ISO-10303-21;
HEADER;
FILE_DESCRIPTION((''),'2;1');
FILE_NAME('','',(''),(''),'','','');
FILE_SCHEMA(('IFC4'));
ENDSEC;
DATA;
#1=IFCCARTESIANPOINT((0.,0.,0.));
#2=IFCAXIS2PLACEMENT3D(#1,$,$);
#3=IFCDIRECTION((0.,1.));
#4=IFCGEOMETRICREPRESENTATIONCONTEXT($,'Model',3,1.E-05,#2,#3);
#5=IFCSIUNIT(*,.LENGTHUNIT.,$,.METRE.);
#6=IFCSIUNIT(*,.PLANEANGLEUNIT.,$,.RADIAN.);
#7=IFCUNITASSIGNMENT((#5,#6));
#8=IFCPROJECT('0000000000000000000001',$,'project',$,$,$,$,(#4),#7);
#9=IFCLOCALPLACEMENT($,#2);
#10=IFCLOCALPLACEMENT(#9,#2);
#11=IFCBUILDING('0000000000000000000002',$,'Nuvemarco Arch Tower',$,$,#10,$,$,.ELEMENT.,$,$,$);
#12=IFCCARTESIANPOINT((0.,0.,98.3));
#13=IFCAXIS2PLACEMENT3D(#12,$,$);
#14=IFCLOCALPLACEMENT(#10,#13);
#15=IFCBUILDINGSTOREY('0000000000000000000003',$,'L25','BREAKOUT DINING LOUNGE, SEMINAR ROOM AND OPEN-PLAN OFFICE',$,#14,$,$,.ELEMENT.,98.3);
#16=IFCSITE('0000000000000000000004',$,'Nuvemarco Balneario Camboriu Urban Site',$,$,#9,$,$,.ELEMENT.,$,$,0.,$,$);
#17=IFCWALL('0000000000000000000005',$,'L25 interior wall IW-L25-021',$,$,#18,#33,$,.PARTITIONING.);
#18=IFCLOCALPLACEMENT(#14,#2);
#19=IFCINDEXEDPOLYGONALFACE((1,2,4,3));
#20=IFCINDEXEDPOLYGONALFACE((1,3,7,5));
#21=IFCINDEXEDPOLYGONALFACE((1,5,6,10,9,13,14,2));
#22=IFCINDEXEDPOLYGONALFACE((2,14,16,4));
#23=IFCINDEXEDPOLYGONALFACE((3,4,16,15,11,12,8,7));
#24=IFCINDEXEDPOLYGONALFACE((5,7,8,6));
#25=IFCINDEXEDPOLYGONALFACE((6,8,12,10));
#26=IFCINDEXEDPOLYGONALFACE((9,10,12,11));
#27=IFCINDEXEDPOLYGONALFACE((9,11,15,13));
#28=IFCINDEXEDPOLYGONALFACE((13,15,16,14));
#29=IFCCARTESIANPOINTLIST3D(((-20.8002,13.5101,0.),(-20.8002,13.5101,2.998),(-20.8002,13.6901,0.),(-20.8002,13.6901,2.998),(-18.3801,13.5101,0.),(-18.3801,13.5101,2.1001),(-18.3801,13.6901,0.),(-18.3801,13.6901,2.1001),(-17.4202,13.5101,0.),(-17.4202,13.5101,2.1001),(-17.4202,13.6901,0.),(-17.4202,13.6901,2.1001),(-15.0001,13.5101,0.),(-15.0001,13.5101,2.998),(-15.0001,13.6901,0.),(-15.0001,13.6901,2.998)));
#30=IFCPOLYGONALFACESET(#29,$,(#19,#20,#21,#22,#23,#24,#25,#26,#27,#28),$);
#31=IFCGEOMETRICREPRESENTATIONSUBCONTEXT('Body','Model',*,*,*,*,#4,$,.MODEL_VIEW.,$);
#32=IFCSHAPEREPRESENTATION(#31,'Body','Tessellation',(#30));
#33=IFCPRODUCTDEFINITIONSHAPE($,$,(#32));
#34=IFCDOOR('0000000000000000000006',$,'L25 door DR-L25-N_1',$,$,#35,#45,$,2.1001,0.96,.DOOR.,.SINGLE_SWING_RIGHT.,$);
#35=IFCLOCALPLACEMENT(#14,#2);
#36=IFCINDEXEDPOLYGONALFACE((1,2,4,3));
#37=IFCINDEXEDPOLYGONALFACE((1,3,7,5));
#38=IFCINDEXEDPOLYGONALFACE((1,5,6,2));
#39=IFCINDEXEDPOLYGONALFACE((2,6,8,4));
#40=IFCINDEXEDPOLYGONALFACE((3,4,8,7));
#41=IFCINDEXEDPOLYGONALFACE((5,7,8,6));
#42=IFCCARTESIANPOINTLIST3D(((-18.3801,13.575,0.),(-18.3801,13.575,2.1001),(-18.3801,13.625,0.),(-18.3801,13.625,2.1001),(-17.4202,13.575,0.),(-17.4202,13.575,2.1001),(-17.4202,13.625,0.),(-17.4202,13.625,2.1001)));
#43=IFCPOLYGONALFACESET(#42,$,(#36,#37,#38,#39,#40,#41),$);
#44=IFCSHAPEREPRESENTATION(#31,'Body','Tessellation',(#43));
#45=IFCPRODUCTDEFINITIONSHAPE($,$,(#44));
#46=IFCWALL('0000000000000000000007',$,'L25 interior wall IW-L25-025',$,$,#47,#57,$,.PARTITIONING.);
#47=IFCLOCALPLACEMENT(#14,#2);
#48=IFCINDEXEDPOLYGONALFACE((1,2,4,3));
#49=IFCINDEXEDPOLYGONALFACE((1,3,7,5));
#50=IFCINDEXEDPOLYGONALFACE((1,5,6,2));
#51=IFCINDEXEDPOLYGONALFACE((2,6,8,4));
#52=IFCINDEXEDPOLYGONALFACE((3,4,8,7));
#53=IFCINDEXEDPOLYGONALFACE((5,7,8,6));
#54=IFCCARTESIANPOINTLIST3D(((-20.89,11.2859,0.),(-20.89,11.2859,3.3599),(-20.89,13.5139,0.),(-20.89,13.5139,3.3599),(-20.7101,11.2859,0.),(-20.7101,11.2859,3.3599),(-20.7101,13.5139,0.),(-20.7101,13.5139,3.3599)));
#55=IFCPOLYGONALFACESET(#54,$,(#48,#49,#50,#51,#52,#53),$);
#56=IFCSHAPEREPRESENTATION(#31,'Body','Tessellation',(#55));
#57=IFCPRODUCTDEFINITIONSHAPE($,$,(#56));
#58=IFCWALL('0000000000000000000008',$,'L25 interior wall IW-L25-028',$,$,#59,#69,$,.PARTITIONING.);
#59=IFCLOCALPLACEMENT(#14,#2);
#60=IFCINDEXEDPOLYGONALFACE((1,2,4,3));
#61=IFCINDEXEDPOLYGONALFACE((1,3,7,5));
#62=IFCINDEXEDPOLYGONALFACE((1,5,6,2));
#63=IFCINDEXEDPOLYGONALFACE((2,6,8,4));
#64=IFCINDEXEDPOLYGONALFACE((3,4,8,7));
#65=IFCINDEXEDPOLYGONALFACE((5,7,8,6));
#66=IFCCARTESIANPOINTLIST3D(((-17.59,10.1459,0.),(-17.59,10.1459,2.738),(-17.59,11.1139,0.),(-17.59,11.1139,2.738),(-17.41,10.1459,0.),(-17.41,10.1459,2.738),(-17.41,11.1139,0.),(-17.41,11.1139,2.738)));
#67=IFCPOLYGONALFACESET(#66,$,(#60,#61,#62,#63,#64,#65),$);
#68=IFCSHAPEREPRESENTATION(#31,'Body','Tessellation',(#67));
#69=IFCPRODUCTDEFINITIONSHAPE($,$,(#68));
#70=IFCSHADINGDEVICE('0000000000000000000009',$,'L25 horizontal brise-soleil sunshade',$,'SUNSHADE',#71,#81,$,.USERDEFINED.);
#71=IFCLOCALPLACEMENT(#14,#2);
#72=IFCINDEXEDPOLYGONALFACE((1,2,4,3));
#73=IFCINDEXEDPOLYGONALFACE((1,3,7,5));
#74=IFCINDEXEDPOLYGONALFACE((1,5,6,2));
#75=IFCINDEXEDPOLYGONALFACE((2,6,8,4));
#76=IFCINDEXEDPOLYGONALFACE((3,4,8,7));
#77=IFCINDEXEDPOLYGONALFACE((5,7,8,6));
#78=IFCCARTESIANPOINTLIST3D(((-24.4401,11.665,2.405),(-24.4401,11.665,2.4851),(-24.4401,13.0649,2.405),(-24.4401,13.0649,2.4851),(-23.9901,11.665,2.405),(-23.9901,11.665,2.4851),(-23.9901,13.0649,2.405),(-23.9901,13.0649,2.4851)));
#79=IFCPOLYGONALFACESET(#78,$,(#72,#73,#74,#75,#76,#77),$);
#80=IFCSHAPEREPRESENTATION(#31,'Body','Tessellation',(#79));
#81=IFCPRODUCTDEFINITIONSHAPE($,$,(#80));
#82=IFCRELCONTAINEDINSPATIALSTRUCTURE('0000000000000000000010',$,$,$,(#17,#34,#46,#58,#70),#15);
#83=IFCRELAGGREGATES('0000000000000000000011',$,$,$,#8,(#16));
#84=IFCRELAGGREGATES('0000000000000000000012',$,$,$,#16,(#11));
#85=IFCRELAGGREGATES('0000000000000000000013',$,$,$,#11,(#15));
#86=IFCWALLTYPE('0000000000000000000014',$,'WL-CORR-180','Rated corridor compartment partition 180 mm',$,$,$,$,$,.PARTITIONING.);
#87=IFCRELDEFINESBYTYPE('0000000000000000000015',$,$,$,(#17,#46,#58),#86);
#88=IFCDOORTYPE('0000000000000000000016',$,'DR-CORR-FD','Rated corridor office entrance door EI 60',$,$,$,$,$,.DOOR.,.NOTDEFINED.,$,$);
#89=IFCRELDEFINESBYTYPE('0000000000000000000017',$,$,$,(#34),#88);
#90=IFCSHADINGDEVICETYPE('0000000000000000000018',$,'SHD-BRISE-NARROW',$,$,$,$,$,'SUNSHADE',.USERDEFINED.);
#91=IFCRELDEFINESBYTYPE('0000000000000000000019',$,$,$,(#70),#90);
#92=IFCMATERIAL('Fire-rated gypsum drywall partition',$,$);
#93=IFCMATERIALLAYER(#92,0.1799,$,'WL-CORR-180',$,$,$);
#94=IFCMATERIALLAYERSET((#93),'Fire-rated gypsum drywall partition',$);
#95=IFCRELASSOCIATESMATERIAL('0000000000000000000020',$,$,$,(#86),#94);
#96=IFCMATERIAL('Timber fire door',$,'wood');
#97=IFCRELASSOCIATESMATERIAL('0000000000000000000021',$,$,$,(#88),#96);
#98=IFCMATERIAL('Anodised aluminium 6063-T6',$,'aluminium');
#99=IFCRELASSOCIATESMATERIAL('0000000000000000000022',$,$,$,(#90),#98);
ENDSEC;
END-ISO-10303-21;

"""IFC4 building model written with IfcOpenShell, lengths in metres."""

from ifc_helpers import new_model, si_unit, direction, frame, frame_2d, origin, origin_2d, place, context, subcontext, project, spatial, rectangle, extrude, source, transform, mapped, material, layer, layer_set, type_object, type_shapes, element, fill, save


model = new_model("IFC4")

# Units and contexts
model_context = context("Model", 3, precision=1e-05, world=origin(), true_north=direction((0.0, 1.0)))
body_context = subcontext(model_context, "Body", "Model", "MODEL_VIEW")
ifc_project = project(units=[si_unit("LENGTHUNIT", "METRE"), si_unit("PLANEANGLEUNIT", "RADIAN")], contexts=[model_context])

# Site, building, storey
site_placement = place(None, origin())
site = spatial("IfcSite", under=ifc_project, at=site_placement, Name="Nuvemarco Balneario Camboriu Urban Site", CompositionType="ELEMENT", RefElevation=0.0)
building_placement = place(site_placement, origin())
building = spatial("IfcBuilding", under=site, at=building_placement, Name="Nuvemarco Arch Tower", CompositionType="ELEMENT")
storey_placement = place(building_placement, frame((0.0, 0.0, 98.3)))
storey = spatial("IfcBuildingStorey", under=building, at=storey_placement, Name="L25", Description="BREAKOUT DINING LOUNGE, SEMINAR ROOM AND OPEN-PLAN OFFICE", CompositionType="ELEMENT", Elevation=98.3)

# Shared definitions
ifc_material_1 = material(Name="Fire-rated gypsum drywall partition")
ifc_layer = layer(ifc_material_1, 0.1799, Name="WL-CORR-180")
ifc_layer_set = layer_set([ifc_layer], Name="Fire-rated gypsum drywall partition")
wall_type = type_object("IfcWallType", Name="WL-CORR-180", Description="Rated corridor compartment partition 180 mm", PredefinedType="PARTITIONING", material=ifc_layer_set)
ifc_material_2 = material(Name="Timber fire door", Category="wood")
door_type_1 = type_object("IfcDoorType", Name="DR-CORR-FD", Description="Rated corridor office entrance door EI 60", OperationType="NOTDEFINED", PredefinedType="DOOR", material=ifc_material_2)
shared_shape_1 = source(origin(), body_context, "Body", "SweptSolid", [
    extrude(rectangle(XDim=0.96, YDim=2.1001, at=frame_2d((0.48, 1.05))), frame((0.0, 0.0249, 0.0), z_axis=(0.0, -1.0, 0.0), x_axis=(1.0, 0.0, 0.0)), (0.0, 0.0, 1.0), 0.05),
])
type_shapes(door_type_1, [shared_shape_1])

# Wall, opening, door
wall_1_placement = place(storey_placement, frame((-20.8, 13.6001, 0.0), z_axis=(0.0, 0.0, 1.0), x_axis=(1.0, 0.0, 0.0)))
wall_1 = element("IfcWall", 1, at=wall_1_placement, inside=storey, type_object=wall_type, Name="L25 interior wall IW-L25-021", PredefinedType="PARTITIONING", context=body_context, shape_type="SweptSolid", body=[
    extrude(rectangle(XDim=5.8, YDim=0.1799, at=frame_2d((2.8999, 0.0))), origin(), (0.0, 0.0, 1.0), 2.998),
])
opening_1_placement = place(wall_1_placement, frame((2.4199, 0.0, 0.0)))
opening_1 = element("IfcOpeningElement", 2, at=opening_1_placement, cuts=wall_1, PredefinedType="OPENING", context=body_context, shape_type="SweptSolid", body=[
    extrude(rectangle(XDim=0.96, YDim=2.1001, at=frame_2d((0.48, 1.05))), frame((0.0, 0.0999, 0.0), z_axis=(0.0, -1.0, 0.0), x_axis=(1.0, 0.0, 0.0)), (0.0, 0.0, 1.0), 0.2),
])
door_1_placement = place(opening_1_placement, origin())
door_1 = element("IfcDoor", 3, at=door_1_placement, inside=storey, type_object=door_type_1, Name="L25 door DR-L25-N_1", OperationType="SINGLE_SWING_RIGHT", OverallHeight=2.1001, OverallWidth=0.96, PredefinedType="DOOR", context=body_context, shape_type="MappedRepresentation", body=[
    mapped(shared_shape_1, transform((0.0, 0.0, 0.0), scale=1.0)),
])
fill(opening_1, door_1)

# Walls
wall_2_placement = place(storey_placement, frame((-20.8, 11.2859, 0.0), z_axis=(0.0, 0.0, 1.0), x_axis=(0.0, 1.0, 0.0)))
element("IfcWall", 4, at=wall_2_placement, inside=storey, type_object=wall_type, Name="L25 interior wall IW-L25-025", PredefinedType="PARTITIONING", context=body_context, shape_type="SweptSolid", body=[
    extrude(rectangle(XDim=2.228, YDim=0.1799, at=frame_2d((1.114, 0.0))), origin(), (0.0, 0.0, 1.0), 3.3599),
])
wall_3_placement = place(storey_placement, frame((-17.5, 10.146, 0.0), z_axis=(0.0, 0.0, 1.0), x_axis=(0.0, 1.0, 0.0)))
element("IfcWall", 5, at=wall_3_placement, inside=storey, type_object=wall_type, Name="L25 interior wall IW-L25-028", PredefinedType="PARTITIONING", context=body_context, shape_type="SweptSolid", body=[
    extrude(rectangle(XDim=0.968, YDim=0.1799, at=frame_2d((0.4839, 0.0))), origin(), (0.0, 0.0, 1.0), 2.738),
])

# Shading device
ifc_material_3 = material(Name="Anodised aluminium 6063-T6", Category="aluminium")
shading_device_type = type_object("IfcShadingDeviceType", Name="SHD-BRISE-NARROW", ElementType="SUNSHADE", PredefinedType="USERDEFINED", material=ifc_material_3)
shared_shape_2 = source(origin(), body_context, "Body", "SweptSolid", [
    extrude(rectangle(XDim=1.3999, YDim=0.45, at=origin_2d()), origin(), (0.0, 0.0, 1.0), 0.0801),
])
type_shapes(shading_device_type, [shared_shape_2])
shading_device_placement = place(storey_placement, frame((-24.2151, 12.365, 2.405), z_axis=(0.0, 0.0, 1.0), x_axis=(0.0, 1.0, 0.0)))
element("IfcShadingDevice", 6, at=shading_device_placement, inside=storey, type_object=shading_device_type, Name="L25 horizontal brise-soleil sunshade", ObjectType="SUNSHADE", PredefinedType="USERDEFINED", context=body_context, shape_type="MappedRepresentation", body=[
    mapped(shared_shape_2, transform((0.0, 0.0, 0.0), scale=1.0)),
])

save(model, "model.ifc")
